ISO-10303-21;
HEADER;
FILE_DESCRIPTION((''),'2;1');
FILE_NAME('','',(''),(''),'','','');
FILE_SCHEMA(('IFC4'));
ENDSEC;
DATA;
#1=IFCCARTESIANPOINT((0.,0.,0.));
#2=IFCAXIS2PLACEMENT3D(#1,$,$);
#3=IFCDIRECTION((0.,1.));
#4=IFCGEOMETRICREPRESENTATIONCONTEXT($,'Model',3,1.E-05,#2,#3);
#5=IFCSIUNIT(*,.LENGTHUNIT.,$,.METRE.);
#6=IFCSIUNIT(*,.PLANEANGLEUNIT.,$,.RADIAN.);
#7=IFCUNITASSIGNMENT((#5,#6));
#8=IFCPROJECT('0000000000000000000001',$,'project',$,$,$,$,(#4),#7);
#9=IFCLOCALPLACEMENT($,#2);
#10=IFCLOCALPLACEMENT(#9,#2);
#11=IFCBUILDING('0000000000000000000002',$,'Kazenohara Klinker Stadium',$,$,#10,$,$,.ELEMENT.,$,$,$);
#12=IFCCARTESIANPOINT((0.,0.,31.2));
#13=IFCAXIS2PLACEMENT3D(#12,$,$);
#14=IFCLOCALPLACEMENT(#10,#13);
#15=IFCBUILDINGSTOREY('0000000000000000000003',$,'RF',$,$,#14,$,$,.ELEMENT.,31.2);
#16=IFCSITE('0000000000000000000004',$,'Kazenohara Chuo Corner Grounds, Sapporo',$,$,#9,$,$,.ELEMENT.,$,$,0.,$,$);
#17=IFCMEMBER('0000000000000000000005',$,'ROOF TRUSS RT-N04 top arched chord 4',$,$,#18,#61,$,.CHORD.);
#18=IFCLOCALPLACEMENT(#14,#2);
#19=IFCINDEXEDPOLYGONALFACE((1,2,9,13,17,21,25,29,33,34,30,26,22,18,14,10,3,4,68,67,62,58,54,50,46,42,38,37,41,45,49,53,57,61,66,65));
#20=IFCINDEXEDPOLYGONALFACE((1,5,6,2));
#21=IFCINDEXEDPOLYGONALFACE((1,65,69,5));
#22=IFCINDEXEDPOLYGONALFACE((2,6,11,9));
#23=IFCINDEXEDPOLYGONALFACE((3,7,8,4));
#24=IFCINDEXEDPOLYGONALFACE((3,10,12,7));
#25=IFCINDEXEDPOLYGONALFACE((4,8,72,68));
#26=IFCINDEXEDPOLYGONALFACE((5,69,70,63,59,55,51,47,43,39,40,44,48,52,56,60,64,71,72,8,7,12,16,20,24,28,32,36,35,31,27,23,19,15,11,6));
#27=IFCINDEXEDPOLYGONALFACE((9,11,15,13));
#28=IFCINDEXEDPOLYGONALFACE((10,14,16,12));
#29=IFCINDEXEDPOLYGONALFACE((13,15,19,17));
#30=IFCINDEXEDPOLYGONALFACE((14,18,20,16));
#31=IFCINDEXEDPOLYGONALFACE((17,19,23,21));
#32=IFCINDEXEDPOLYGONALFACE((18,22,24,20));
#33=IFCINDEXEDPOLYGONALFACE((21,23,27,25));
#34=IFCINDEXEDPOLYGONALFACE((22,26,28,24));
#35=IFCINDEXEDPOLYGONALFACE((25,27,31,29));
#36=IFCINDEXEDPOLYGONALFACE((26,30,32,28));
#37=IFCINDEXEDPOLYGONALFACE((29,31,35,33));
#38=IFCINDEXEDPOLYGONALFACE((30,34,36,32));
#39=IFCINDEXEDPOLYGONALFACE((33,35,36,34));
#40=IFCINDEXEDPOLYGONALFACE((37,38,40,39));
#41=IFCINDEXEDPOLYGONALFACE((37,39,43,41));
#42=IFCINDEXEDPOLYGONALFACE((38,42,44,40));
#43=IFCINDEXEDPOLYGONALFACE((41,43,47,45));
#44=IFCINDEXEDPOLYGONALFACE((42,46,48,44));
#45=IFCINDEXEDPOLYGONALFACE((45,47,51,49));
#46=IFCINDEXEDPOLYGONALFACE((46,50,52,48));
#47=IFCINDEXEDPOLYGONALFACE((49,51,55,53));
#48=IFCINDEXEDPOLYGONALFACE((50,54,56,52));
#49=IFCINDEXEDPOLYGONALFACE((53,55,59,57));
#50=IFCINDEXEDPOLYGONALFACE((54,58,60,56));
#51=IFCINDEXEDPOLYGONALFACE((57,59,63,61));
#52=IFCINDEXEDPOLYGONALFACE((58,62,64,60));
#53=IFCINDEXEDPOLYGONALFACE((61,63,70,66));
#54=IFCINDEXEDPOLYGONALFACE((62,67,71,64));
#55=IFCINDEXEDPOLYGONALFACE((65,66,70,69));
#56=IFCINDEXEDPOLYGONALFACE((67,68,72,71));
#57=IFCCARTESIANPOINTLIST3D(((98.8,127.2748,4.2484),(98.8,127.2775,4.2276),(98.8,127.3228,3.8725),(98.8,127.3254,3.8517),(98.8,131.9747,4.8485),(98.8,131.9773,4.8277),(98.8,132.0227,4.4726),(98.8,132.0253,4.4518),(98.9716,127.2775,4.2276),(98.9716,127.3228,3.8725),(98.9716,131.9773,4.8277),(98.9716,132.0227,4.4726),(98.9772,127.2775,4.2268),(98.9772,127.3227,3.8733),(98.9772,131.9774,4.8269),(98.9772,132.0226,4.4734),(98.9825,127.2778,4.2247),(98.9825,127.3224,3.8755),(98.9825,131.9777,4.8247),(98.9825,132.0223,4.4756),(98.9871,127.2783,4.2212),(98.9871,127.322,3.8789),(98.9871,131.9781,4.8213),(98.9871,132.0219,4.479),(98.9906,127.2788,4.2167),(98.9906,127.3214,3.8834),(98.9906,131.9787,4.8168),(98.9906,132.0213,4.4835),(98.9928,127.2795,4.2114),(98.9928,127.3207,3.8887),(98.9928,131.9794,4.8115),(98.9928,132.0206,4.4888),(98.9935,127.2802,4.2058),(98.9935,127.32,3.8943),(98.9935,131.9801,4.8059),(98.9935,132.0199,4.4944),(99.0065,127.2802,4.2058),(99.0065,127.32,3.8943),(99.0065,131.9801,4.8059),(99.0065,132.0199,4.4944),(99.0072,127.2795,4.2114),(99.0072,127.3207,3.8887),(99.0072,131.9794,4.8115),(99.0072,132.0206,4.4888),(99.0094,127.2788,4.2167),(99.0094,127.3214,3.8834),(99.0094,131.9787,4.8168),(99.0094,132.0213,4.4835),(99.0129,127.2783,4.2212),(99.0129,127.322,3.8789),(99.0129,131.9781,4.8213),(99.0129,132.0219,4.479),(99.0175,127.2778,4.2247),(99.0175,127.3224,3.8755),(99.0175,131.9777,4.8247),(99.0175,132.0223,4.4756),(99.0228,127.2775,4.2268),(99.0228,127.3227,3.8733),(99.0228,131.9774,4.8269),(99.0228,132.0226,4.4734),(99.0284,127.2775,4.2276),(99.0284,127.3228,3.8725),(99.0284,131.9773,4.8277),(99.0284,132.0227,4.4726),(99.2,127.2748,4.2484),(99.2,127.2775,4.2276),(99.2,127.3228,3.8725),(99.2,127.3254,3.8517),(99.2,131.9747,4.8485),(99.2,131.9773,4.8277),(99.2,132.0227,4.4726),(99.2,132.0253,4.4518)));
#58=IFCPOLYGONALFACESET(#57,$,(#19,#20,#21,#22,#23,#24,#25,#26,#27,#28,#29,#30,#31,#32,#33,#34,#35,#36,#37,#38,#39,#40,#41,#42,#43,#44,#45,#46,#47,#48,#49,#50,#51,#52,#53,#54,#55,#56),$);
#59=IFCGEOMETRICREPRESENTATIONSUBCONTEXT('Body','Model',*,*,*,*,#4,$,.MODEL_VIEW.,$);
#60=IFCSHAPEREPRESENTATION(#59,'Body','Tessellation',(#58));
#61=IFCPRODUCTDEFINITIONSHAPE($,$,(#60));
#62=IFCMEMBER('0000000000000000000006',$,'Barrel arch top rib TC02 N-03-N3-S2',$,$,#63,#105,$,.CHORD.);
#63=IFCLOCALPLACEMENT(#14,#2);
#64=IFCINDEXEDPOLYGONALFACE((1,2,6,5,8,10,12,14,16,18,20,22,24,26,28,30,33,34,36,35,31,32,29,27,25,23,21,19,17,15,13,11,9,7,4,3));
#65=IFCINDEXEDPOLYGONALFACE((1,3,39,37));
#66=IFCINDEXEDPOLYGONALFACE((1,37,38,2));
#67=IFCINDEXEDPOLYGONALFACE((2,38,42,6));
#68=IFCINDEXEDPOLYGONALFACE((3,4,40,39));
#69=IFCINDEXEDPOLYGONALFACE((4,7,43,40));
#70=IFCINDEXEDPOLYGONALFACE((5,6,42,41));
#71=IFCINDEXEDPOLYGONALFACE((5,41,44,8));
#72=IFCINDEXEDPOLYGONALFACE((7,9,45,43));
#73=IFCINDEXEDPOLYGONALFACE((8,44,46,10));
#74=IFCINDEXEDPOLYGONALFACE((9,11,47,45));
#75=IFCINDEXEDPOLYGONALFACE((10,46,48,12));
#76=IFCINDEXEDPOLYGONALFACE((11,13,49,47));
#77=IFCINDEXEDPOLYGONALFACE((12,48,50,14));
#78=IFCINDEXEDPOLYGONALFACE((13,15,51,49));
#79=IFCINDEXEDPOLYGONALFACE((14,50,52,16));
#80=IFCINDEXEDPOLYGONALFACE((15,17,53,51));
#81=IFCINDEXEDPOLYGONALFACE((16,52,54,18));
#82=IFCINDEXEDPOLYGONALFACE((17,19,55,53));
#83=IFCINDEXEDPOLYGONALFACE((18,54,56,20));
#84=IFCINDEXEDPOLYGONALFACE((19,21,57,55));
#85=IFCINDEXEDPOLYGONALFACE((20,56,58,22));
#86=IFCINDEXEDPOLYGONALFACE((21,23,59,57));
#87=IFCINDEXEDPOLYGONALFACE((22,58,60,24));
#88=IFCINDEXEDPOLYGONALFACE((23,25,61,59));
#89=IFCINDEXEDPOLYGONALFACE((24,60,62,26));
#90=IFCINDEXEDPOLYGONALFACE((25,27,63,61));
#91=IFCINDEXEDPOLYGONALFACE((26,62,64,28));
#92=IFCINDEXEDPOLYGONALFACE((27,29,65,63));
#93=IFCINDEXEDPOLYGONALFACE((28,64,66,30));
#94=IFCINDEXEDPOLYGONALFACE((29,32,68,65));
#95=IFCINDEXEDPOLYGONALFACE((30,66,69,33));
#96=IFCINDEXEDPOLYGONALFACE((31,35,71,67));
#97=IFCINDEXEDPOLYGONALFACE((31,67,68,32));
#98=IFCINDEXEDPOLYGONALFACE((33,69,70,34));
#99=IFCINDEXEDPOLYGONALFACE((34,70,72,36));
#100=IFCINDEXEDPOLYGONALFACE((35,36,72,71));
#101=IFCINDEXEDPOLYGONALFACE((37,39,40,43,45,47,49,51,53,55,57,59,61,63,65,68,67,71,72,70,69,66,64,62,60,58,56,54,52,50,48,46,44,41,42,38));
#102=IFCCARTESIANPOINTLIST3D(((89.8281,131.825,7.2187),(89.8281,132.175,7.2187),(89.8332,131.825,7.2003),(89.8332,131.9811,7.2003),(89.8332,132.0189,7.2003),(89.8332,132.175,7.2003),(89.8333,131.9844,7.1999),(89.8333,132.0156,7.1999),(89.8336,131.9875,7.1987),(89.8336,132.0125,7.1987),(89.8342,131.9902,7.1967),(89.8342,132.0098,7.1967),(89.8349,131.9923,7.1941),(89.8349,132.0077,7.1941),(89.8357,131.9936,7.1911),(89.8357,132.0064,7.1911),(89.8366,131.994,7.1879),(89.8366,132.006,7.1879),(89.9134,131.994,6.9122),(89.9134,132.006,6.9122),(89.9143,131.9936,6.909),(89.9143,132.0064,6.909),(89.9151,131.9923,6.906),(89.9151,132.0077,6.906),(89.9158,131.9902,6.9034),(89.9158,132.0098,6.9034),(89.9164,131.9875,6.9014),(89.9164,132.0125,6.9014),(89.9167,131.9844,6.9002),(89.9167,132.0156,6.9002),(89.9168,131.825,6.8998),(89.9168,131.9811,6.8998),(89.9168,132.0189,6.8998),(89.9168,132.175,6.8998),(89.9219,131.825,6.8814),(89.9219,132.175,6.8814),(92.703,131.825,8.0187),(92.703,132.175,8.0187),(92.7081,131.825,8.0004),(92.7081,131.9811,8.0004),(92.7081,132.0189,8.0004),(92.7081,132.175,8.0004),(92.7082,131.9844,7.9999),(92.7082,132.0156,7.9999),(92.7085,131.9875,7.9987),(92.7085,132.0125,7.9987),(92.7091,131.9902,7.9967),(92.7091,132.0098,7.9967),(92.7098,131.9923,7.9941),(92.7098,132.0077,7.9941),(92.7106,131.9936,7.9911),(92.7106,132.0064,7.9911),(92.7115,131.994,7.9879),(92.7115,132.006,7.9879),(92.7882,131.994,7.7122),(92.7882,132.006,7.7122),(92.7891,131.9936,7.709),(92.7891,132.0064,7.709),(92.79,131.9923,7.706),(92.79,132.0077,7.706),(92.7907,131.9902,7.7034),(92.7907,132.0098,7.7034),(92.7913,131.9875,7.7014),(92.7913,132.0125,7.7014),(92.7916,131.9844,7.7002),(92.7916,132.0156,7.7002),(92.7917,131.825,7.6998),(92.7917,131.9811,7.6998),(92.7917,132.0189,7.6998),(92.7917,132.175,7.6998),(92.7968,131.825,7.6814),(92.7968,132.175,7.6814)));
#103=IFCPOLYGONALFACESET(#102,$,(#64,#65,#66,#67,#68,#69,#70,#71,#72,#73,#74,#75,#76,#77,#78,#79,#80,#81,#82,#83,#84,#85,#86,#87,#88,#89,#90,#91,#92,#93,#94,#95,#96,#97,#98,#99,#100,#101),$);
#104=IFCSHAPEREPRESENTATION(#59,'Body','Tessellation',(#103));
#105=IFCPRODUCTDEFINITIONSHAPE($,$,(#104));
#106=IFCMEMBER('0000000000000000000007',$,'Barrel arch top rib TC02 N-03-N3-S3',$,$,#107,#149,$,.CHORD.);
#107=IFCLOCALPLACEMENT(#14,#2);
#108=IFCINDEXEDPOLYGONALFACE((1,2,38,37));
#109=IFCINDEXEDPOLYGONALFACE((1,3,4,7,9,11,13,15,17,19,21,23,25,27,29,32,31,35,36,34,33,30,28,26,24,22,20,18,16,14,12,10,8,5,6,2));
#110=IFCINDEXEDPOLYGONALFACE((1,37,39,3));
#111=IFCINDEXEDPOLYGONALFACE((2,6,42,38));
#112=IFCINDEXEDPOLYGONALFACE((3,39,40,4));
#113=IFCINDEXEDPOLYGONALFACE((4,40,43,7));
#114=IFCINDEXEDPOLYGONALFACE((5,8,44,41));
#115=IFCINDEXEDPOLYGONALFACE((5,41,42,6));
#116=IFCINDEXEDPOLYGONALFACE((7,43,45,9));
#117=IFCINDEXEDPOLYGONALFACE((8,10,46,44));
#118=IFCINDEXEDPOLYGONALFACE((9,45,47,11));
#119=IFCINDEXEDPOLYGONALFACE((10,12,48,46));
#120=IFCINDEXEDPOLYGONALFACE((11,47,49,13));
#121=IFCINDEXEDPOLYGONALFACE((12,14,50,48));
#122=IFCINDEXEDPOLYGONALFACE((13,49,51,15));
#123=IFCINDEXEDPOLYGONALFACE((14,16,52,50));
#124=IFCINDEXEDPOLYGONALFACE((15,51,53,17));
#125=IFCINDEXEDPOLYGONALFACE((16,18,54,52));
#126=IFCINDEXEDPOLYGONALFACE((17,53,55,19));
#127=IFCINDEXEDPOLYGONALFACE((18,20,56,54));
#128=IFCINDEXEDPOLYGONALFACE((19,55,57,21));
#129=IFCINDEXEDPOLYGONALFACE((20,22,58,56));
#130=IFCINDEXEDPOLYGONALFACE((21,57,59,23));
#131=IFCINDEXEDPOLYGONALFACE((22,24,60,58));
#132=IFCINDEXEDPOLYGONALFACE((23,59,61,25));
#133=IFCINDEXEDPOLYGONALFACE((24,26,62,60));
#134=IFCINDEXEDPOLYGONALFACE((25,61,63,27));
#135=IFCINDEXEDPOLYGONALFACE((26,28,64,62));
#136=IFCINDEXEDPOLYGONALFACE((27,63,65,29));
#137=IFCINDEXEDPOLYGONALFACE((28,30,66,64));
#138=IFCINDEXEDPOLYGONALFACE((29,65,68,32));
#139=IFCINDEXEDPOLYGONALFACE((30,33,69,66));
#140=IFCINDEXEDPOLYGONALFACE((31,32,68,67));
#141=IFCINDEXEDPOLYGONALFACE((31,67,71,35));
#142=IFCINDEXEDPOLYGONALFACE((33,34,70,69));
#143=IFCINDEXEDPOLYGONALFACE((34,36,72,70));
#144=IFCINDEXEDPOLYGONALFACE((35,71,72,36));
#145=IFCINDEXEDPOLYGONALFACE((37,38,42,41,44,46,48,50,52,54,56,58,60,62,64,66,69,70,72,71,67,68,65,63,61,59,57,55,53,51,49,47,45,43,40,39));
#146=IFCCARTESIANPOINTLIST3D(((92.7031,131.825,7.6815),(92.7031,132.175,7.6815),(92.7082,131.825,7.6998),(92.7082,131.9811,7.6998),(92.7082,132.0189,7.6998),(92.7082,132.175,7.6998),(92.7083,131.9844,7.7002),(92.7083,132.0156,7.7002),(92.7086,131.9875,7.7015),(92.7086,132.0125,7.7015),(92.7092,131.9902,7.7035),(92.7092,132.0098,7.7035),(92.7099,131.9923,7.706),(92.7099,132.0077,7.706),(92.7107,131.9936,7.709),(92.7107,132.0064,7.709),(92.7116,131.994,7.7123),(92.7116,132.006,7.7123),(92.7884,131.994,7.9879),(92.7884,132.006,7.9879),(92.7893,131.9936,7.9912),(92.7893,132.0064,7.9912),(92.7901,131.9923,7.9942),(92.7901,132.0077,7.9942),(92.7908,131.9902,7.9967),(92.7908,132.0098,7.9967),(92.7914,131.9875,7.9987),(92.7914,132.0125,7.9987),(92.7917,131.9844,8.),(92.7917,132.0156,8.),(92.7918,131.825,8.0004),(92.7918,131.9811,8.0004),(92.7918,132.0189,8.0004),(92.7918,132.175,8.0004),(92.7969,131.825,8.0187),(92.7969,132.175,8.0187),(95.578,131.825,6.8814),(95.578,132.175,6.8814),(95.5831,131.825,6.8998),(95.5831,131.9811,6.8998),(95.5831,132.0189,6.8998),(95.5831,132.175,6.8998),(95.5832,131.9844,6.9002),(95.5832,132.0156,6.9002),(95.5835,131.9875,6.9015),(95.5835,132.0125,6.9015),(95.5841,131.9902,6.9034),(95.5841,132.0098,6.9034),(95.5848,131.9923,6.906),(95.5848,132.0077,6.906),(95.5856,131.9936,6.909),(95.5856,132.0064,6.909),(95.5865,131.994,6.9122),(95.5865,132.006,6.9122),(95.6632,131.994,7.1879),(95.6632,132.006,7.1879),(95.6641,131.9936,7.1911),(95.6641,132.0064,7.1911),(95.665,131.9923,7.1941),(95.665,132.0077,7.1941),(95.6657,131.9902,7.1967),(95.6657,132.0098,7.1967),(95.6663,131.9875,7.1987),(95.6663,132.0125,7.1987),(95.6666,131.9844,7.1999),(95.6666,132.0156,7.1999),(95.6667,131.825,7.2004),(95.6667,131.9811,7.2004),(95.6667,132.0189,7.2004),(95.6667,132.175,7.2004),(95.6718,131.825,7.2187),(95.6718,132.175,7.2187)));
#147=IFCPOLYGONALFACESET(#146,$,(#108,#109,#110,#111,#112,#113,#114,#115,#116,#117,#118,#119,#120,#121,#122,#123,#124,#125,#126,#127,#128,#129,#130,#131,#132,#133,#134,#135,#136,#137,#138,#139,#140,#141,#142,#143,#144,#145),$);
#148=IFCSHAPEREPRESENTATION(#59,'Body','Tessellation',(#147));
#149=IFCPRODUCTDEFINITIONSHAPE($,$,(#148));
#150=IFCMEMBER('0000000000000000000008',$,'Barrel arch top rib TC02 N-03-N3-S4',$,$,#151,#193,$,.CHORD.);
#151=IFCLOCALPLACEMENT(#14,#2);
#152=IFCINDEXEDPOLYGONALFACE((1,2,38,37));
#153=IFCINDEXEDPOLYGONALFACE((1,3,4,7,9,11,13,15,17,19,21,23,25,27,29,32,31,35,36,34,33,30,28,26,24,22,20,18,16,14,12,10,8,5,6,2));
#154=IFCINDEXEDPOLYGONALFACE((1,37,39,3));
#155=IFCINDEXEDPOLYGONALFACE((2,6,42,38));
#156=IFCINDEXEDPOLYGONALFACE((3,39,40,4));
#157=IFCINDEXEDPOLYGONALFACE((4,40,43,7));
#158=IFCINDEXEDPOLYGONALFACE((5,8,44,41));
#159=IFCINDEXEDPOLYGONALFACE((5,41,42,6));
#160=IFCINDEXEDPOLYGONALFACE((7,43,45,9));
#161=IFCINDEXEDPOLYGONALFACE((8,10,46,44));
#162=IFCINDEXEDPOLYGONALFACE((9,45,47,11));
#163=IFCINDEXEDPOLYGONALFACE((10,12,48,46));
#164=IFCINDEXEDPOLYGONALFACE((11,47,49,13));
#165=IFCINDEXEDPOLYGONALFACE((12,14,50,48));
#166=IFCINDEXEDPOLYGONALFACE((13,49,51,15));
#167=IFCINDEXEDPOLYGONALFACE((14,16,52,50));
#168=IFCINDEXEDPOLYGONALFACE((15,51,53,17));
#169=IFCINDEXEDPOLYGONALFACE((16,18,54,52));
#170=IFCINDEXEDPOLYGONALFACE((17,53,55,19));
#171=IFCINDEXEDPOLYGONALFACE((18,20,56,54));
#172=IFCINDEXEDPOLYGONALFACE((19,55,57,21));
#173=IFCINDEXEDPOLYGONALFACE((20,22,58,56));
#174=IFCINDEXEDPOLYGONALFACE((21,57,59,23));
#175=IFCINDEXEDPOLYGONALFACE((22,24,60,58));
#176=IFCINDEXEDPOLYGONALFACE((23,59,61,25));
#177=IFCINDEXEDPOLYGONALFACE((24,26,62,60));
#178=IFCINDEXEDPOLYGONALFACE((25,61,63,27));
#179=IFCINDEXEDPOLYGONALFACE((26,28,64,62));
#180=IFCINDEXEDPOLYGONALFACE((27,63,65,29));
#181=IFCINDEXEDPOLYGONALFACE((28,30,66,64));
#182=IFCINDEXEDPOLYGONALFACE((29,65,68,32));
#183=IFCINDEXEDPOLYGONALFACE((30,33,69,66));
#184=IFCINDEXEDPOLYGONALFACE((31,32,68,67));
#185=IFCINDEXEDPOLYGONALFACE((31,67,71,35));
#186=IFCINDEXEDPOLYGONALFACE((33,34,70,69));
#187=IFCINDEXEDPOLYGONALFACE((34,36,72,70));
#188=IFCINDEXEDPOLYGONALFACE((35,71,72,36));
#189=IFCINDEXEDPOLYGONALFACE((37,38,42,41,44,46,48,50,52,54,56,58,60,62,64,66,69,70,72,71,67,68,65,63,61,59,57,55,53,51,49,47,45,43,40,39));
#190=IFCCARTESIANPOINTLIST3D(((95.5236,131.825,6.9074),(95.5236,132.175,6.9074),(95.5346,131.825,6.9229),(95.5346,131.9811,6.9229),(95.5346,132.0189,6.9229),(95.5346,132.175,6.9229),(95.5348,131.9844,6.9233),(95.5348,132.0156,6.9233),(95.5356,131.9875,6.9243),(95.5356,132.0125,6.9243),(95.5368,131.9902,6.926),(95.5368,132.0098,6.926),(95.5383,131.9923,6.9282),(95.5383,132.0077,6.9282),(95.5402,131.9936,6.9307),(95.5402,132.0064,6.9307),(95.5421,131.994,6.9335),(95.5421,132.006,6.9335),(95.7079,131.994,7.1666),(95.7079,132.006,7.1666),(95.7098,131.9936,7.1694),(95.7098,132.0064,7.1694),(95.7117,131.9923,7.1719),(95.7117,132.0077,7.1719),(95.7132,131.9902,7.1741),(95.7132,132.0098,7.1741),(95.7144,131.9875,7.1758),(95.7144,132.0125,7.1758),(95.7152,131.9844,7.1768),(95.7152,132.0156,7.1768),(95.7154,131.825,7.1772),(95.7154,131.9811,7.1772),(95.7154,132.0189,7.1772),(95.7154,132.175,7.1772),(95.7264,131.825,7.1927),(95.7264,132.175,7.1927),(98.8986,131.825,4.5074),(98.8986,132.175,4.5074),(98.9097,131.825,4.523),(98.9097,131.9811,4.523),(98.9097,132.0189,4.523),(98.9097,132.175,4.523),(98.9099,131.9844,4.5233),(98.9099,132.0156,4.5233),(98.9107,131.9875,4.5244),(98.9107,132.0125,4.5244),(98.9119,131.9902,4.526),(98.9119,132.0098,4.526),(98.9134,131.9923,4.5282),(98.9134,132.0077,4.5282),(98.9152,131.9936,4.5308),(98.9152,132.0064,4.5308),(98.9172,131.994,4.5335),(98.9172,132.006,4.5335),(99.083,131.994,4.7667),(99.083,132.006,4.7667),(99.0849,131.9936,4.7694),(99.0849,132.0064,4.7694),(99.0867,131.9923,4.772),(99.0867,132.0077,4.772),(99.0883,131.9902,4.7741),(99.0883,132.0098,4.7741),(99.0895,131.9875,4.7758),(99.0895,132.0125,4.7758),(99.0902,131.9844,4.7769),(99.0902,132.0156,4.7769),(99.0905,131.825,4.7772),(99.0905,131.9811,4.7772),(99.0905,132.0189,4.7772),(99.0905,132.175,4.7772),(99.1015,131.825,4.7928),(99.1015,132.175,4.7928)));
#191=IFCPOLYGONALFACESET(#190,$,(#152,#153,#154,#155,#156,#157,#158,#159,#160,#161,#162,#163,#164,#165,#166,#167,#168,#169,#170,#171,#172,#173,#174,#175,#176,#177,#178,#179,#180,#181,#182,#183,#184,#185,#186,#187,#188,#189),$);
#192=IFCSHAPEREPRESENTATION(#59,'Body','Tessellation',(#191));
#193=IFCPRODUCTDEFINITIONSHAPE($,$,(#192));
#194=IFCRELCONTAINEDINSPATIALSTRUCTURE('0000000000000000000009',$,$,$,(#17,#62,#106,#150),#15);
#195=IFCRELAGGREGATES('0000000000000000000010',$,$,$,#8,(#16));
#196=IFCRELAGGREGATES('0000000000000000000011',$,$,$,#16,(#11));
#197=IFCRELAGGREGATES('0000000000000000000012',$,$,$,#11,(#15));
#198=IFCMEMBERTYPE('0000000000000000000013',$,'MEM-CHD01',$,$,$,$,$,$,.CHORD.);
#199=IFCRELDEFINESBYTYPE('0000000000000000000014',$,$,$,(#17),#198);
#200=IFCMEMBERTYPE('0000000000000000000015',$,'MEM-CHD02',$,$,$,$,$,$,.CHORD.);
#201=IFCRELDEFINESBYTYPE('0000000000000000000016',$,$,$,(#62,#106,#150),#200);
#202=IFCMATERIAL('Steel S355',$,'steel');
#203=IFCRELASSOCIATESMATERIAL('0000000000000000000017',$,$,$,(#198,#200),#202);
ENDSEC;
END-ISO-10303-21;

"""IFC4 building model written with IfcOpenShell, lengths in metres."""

from ifc_helpers import new_model, si_unit, direction, frame, origin, origin_2d, place, context, subcontext, project, spatial, i_section, extrude, material, material_profile, profile_set, type_object, element, save


model = new_model("IFC4")

# Units and contexts
model_context = context("Model", 3, precision=1e-05, world=origin(), true_north=direction((0.0, 1.0)))
body_context = subcontext(model_context, "Body", "Model", "MODEL_VIEW")
ifc_project = project(units=[si_unit("LENGTHUNIT", "METRE"), si_unit("PLANEANGLEUNIT", "RADIAN")], contexts=[model_context])

# Site, building, storey
site_placement = place(None, origin())
site = spatial("IfcSite", under=ifc_project, at=site_placement, Name="Kazenohara Chuo Corner Grounds, Sapporo", CompositionType="ELEMENT", RefElevation=0.0)
building_placement = place(site_placement, origin())
building = spatial("IfcBuilding", under=site, at=building_placement, Name="Kazenohara Klinker Stadium", CompositionType="ELEMENT")
storey_placement = place(building_placement, frame((0.0, 0.0, 31.2)))
storey = spatial("IfcBuildingStorey", under=building, at=storey_placement, Name="RF", CompositionType="ELEMENT", Elevation=31.2)

# Members
ifc_material_1 = material(Name="Steel S355", Category="steel")
ifc_material_profile_1 = material_profile(ifc_material_1, i_section(OverallWidth=0.3999, OverallDepth=0.3999, WebThickness=0.0129, FlangeThickness=0.021, FilletRadius=0.022, at=origin_2d()), Name="H-400x400x13x21")
ifc_profile_set_1 = profile_set([ifc_material_profile_1], Name="Steel S355")
member_type_1 = type_object("IfcMemberType", Name="MEM-CHD01", PredefinedType="CHORD", material=ifc_profile_set_1)
member_1_placement = place(storey_placement, frame((99.0, 132.0, 4.6501), z_axis=(0.0, -0.991947, -0.126653), x_axis=(1.0, 0.0, 0.0)))
element("IfcMember", 1, at=member_1_placement, inside=storey, type_object=member_type_1, Name="ROOF TRUSS RT-N04 top arched chord 4", PredefinedType="CHORD", context=body_context, shape_type="SweptSolid", body=[
    extrude(i_section(OverallWidth=0.3999, OverallDepth=0.3999, WebThickness=0.0129, FlangeThickness=0.021, FilletRadius=0.022, at=origin_2d()), origin(), (0.0, 0.0, 1.0), 4.738),
])
ifc_material_profile_2 = material_profile(ifc_material_1, i_section(OverallWidth=0.3501, OverallDepth=0.3501, WebThickness=0.012, FlangeThickness=0.019, FilletRadius=0.0129, at=origin_2d()), Name="H-350x350x12x19")
ifc_profile_set_2 = profile_set([ifc_material_profile_2], Name="Steel S355")
member_type_2 = type_object("IfcMemberType", Name="MEM-CHD02", PredefinedType="CHORD", material=ifc_profile_set_2)
for number, where, z_axis, x_axis, name in (
    (2, (89.875, 132.0, 7.05), (0.963394, 0.0, 0.268091), (0.0, 1.0, 0.0), "Barrel arch top rib TC02 N-03-N3-S2"),
    (3, (92.75, 132.0, 7.8501), (0.963394, 0.0, -0.268091), (0.0, 1.0, 0.0), "Barrel arch top rib TC02 N-03-N3-S3"),
):
    element("IfcMember", number, at=place(storey_placement, frame(where, z_axis=z_axis, x_axis=x_axis)), inside=storey, type_object=member_type_2, Name=name, PredefinedType="CHORD", context=body_context, shape_type="SweptSolid", body=[
        extrude(i_section(OverallWidth=0.3501, OverallDepth=0.3501, WebThickness=0.012, FlangeThickness=0.019, FilletRadius=0.0129, at=origin_2d()), origin(), (0.0, 0.0, 1.0), 2.9841),
    ])
member_2_placement = place(storey_placement, frame((95.625, 132.0, 7.05), z_axis=(0.814966, 0.0, -0.579508), x_axis=(0.0, 1.0, 0.0)))
element("IfcMember", 4, at=member_2_placement, inside=storey, type_object=member_type_2, Name="Barrel arch top rib TC02 N-03-N3-S4", PredefinedType="CHORD", context=body_context, shape_type="SweptSolid", body=[
    extrude(i_section(OverallWidth=0.3501, OverallDepth=0.3501, WebThickness=0.012, FlangeThickness=0.019, FilletRadius=0.0129, at=origin_2d()), origin(), (0.0, 0.0, 1.0), 4.1414),
])

save(model, "model.ifc")
